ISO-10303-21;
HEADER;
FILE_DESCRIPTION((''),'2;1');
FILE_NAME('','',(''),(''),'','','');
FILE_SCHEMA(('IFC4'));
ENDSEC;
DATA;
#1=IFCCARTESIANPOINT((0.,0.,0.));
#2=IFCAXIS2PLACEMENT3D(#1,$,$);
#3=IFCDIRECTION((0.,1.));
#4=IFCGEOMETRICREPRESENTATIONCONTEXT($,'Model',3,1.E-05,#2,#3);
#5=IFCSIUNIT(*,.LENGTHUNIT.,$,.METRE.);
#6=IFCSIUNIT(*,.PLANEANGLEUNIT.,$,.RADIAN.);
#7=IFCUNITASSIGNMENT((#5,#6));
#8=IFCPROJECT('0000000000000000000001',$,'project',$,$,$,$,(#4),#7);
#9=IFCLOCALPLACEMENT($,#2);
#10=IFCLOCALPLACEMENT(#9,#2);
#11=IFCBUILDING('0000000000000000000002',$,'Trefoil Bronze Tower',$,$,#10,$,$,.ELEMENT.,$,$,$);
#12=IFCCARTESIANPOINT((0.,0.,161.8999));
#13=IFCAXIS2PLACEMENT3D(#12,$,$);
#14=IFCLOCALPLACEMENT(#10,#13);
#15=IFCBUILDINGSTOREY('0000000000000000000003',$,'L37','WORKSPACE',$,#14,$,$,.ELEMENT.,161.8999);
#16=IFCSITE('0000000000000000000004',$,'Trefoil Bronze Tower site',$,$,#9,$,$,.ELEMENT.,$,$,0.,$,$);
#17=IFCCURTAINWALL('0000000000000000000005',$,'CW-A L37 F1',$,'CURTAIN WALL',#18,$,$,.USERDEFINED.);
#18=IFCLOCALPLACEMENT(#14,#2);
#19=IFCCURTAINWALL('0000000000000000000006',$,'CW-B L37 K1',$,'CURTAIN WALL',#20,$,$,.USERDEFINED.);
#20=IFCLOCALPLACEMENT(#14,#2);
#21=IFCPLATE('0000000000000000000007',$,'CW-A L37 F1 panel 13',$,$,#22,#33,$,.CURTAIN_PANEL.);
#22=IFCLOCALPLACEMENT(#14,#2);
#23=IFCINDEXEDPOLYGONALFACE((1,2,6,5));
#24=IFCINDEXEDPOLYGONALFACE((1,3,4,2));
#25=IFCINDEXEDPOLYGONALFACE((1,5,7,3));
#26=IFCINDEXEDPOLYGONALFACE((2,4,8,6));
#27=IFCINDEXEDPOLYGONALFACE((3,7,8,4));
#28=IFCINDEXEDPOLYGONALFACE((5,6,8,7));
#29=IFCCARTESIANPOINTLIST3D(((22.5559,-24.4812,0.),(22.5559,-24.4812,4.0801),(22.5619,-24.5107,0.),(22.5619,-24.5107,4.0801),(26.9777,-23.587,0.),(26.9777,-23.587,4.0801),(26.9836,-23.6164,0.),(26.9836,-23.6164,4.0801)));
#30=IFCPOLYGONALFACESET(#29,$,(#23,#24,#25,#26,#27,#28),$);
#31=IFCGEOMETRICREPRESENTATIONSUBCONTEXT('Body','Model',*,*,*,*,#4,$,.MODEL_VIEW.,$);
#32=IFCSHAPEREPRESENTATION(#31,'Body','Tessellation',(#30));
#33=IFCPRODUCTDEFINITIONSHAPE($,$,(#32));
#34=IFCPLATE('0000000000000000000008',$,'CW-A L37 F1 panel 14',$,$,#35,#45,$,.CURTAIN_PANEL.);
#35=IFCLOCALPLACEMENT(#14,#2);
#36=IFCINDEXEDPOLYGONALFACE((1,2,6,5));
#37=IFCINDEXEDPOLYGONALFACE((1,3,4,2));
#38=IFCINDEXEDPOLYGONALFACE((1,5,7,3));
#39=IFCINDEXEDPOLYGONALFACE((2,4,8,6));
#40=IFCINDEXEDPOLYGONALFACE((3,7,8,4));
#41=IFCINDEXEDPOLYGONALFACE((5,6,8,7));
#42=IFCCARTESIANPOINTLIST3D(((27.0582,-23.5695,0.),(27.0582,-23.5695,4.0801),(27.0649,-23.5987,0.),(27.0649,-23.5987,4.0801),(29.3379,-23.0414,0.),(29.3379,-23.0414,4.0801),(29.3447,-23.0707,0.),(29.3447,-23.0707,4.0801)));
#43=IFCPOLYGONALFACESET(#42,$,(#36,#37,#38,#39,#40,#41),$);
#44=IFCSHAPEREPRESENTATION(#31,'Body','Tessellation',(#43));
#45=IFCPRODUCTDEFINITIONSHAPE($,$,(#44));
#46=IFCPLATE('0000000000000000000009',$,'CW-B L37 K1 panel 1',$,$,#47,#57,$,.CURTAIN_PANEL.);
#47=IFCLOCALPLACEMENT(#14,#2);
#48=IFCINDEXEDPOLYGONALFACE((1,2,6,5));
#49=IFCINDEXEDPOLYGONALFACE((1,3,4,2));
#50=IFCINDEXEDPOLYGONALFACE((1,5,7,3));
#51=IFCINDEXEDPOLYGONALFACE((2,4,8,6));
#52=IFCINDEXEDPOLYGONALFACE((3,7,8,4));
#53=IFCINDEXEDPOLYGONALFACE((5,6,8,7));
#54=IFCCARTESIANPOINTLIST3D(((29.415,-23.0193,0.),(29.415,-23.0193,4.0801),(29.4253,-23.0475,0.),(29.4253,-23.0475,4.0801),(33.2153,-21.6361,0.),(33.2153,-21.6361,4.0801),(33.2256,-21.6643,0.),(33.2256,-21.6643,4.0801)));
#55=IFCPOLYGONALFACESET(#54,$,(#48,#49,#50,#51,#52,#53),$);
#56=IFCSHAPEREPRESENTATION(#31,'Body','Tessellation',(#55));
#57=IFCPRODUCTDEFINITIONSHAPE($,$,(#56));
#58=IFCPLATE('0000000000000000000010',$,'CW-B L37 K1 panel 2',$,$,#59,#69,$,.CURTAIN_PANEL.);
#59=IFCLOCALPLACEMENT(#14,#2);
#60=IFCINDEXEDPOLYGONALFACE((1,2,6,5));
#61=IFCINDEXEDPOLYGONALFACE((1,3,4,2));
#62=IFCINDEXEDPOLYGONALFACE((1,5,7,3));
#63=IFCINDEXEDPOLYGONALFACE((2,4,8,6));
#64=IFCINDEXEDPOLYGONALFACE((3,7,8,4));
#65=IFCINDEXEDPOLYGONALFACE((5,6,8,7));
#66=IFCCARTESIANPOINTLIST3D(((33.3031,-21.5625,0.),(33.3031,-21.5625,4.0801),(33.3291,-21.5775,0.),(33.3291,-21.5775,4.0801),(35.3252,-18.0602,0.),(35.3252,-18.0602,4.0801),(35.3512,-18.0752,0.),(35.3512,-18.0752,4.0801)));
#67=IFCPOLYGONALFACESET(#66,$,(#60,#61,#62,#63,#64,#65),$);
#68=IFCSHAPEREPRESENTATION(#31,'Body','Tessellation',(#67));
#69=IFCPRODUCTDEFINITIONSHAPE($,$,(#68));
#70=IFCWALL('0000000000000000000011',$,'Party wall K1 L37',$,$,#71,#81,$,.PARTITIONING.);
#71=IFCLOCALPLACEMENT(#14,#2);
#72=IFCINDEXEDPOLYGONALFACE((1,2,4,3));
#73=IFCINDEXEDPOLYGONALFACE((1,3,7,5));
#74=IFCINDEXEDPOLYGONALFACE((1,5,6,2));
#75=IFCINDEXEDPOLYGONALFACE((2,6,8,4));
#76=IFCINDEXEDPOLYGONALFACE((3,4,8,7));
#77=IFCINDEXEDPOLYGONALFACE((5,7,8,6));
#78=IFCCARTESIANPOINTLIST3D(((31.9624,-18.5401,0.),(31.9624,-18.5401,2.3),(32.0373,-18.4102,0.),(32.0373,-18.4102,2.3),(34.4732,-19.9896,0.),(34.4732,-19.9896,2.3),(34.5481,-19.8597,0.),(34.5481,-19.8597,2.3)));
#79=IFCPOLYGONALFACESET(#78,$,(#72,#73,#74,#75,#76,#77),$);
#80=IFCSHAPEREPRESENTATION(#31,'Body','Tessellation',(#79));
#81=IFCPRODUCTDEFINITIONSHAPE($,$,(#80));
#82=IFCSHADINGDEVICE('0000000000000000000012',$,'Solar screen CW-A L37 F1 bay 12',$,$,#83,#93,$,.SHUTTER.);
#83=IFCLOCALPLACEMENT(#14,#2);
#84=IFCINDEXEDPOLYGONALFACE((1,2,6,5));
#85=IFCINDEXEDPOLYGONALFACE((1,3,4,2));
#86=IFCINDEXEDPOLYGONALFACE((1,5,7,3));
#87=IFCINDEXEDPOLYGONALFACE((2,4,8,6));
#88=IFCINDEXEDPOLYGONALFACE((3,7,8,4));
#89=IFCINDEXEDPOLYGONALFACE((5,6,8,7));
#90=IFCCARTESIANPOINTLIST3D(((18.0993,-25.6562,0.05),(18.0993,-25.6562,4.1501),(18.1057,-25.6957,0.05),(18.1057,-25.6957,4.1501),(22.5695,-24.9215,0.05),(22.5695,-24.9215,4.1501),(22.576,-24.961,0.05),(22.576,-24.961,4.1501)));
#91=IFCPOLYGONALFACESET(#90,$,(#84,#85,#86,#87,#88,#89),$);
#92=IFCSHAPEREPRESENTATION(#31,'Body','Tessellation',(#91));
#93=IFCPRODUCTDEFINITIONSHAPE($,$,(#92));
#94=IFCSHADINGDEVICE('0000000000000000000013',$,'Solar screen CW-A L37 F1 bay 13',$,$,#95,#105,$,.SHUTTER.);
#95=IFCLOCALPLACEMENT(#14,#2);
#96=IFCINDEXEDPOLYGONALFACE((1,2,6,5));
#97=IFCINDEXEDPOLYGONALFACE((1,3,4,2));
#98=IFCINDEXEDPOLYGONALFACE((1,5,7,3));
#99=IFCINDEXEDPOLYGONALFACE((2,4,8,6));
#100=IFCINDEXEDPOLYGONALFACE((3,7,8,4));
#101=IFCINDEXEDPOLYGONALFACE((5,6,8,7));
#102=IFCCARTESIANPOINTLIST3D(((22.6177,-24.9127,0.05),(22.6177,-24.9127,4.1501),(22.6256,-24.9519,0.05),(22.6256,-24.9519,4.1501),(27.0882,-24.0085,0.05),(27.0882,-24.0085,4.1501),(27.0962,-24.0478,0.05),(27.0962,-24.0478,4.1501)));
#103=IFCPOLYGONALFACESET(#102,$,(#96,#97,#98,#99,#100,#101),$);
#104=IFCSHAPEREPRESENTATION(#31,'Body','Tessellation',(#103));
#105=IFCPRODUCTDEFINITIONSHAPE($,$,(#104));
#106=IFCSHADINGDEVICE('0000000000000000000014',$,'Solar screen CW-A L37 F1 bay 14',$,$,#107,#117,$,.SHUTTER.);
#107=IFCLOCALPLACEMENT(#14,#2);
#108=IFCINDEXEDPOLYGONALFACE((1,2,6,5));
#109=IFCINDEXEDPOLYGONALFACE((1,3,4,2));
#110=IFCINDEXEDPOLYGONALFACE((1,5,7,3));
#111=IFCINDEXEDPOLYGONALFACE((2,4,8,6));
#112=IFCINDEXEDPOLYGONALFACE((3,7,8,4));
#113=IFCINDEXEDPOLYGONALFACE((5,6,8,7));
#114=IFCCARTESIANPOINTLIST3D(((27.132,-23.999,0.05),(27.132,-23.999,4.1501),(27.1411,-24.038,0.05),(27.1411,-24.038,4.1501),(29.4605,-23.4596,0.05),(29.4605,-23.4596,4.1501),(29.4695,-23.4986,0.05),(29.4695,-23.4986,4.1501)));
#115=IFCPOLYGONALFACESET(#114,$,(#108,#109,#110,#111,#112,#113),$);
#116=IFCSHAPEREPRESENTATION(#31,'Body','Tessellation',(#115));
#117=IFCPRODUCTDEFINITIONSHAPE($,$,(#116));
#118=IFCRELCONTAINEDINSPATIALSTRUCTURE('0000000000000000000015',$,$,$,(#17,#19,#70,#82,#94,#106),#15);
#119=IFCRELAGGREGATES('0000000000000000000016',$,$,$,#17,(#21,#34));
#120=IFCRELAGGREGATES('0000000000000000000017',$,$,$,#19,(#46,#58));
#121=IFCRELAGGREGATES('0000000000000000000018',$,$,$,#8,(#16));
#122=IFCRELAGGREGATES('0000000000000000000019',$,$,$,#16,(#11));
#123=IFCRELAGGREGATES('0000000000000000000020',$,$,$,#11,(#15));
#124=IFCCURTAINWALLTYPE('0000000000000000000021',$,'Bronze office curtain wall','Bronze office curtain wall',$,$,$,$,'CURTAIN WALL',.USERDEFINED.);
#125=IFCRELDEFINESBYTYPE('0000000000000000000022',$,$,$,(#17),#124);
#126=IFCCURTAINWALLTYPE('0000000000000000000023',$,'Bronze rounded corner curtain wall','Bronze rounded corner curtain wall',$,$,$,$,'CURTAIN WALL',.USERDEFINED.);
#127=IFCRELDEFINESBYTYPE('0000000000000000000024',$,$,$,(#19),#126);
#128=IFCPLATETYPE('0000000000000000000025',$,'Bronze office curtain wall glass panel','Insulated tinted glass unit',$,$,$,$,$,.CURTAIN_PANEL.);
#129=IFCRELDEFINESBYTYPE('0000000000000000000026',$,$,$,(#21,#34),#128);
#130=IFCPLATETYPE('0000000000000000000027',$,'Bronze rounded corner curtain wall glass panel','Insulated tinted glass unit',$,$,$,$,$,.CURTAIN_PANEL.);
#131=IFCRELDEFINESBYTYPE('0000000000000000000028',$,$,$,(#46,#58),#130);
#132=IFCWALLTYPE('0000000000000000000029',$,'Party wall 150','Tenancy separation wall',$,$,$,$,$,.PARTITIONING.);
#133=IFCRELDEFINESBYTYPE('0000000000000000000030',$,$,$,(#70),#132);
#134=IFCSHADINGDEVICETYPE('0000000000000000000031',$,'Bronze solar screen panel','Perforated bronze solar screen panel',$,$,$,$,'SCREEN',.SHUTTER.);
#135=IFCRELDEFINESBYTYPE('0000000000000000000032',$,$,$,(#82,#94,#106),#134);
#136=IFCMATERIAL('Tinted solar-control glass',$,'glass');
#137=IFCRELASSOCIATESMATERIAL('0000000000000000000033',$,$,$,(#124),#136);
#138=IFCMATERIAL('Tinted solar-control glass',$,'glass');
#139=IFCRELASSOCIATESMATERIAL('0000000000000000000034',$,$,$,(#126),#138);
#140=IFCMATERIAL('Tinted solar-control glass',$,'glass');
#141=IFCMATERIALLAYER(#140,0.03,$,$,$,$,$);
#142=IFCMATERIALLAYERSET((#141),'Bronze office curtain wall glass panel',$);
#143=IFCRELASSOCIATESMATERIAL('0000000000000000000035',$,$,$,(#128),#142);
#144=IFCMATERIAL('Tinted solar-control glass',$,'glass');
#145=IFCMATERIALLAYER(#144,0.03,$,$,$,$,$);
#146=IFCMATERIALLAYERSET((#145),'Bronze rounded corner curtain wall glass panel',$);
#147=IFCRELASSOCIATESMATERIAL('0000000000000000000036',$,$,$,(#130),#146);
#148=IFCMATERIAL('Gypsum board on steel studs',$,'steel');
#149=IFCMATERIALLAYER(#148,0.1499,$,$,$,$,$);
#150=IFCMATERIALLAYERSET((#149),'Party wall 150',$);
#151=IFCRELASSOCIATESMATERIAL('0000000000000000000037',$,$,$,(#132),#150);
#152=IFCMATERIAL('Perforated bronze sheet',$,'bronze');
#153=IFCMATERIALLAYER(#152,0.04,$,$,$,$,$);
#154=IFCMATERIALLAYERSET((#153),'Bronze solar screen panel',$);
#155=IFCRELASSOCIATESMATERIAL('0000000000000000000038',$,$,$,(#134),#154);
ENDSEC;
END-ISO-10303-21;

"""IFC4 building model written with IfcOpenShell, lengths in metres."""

from ifc_helpers import new_model, si_unit, direction, frame, frame_2d, origin, origin_2d, place, context, subcontext, project, spatial, rectangle, extrude, material, layer, layer_set, type_object, element, aggregate, save


model = new_model("IFC4")

# Units and contexts
model_context = context("Model", 3, precision=1e-05, world=origin(), true_north=direction((0.0, 1.0)))
body_context = subcontext(model_context, "Body", "Model", "MODEL_VIEW")
ifc_project = project(units=[si_unit("LENGTHUNIT", "METRE"), si_unit("PLANEANGLEUNIT", "RADIAN")], contexts=[model_context])

# Site, building, storey
site_placement = place(None, origin())
site = spatial("IfcSite", under=ifc_project, at=site_placement, Name="Trefoil Bronze Tower site", CompositionType="ELEMENT", RefElevation=0.0)
building_placement = place(site_placement, origin())
building = spatial("IfcBuilding", under=site, at=building_placement, Name="Trefoil Bronze Tower", CompositionType="ELEMENT")
storey_placement = place(building_placement, frame((0.0, 0.0, 161.8999)))
storey = spatial("IfcBuildingStorey", under=building, at=storey_placement, Name="L37", Description="WORKSPACE", CompositionType="ELEMENT", Elevation=161.8999)

# Curtain walls
ifc_material_1 = material(Name="Tinted solar-control glass", Category="glass")
curtain_wall_type_1 = type_object("IfcCurtainWallType", Name="Bronze office curtain wall", Description="Bronze office curtain wall", ElementType="CURTAIN WALL", PredefinedType="USERDEFINED", material=ifc_material_1)
curtain_wall_1_placement = place(storey_placement, origin())
curtain_wall_1 = element("IfcCurtainWall", 1, at=curtain_wall_1_placement, inside=storey, type_object=curtain_wall_type_1, Name="CW-A L37 F1", ObjectType="CURTAIN WALL", PredefinedType="USERDEFINED")
ifc_material_2 = material(Name="Tinted solar-control glass", Category="glass")
curtain_wall_type_2 = type_object("IfcCurtainWallType", Name="Bronze rounded corner curtain wall", Description="Bronze rounded corner curtain wall", ElementType="CURTAIN WALL", PredefinedType="USERDEFINED", material=ifc_material_2)
curtain_wall_2_placement = place(storey_placement, origin())
curtain_wall_2 = element("IfcCurtainWall", 2, at=curtain_wall_2_placement, inside=storey, type_object=curtain_wall_type_2, Name="CW-B L37 K1", ObjectType="CURTAIN WALL", PredefinedType="USERDEFINED")

# Plates
ifc_material_3 = material(Name="Tinted solar-control glass", Category="glass")
ifc_layer_1 = layer(ifc_material_3, 0.03)
ifc_layer_set_1 = layer_set([ifc_layer_1], Name="Bronze office curtain wall glass panel")
plate_type_1 = type_object("IfcPlateType", Name="Bronze office curtain wall glass panel", Description="Insulated tinted glass unit", PredefinedType="CURTAIN_PANEL", material=ifc_layer_set_1)
plate_1_placement = place(storey_placement, frame((24.7698, -24.0488, 0.0), z_axis=(0.0, 0.0, 1.0), x_axis=(0.980155, 0.198232, 0.0)))
plate_1 = element("IfcPlate", 3, at=plate_1_placement, type_object=plate_type_1, Name="CW-A L37 F1 panel 13", PredefinedType="CURTAIN_PANEL", context=body_context, shape_type="SweptSolid", body=[
    extrude(rectangle(XDim=4.5112, YDim=0.03, at=origin_2d()), origin(), (0.0, 0.0, 1.0), 4.0801),
])
plate_2_placement = place(storey_placement, frame((28.2014, -23.3201, 0.0), z_axis=(0.0, 0.0, 1.0), x_axis=(0.974204, 0.225667, 0.0)))
plate_2 = element("IfcPlate", 4, at=plate_2_placement, type_object=plate_type_1, Name="CW-A L37 F1 panel 14", PredefinedType="CURTAIN_PANEL", context=body_context, shape_type="SweptSolid", body=[
    extrude(rectangle(XDim=2.3401, YDim=0.03, at=origin_2d()), origin(), (0.0, 0.0, 1.0), 4.0801),
])
aggregate(curtain_wall_1, [plate_1, plate_2])
ifc_material_4 = material(Name="Tinted solar-control glass", Category="glass")
ifc_layer_2 = layer(ifc_material_4, 0.03)
ifc_layer_set_2 = layer_set([ifc_layer_2], Name="Bronze rounded corner curtain wall glass panel")
plate_type_2 = type_object("IfcPlateType", Name="Bronze rounded corner curtain wall glass panel", Description="Insulated tinted glass unit", PredefinedType="CURTAIN_PANEL", material=ifc_layer_set_2)
plate_3_placement = place(storey_placement, frame((31.3203, -22.3418, 0.0), z_axis=(0.0, 0.0, 1.0), x_axis=(0.939693, 0.34202, 0.0)))
plate_3 = element("IfcPlate", 5, at=plate_3_placement, type_object=plate_type_2, Name="CW-B L37 K1 panel 1", PredefinedType="CURTAIN_PANEL", context=body_context, shape_type="SweptSolid", body=[
    extrude(rectangle(XDim=4.0442, YDim=0.03, at=origin_2d()), origin(), (0.0, 0.0, 1.0), 4.0801),
])
plate_4_placement = place(storey_placement, frame((34.3271, -19.8188, 0.0), z_axis=(0.0, 0.0, 1.0), x_axis=(0.5, 0.866025, 0.0)))
plate_4 = element("IfcPlate", 6, at=plate_4_placement, type_object=plate_type_2, Name="CW-B L37 K1 panel 2", PredefinedType="CURTAIN_PANEL", context=body_context, shape_type="SweptSolid", body=[
    extrude(rectangle(XDim=4.0442, YDim=0.03, at=origin_2d()), origin(), (0.0, 0.0, 1.0), 4.0801),
])
aggregate(curtain_wall_2, [plate_3, plate_4])

# Wall
ifc_material_5 = material(Name="Gypsum board on steel studs", Category="steel")
ifc_layer_3 = layer(ifc_material_5, 0.1499)
ifc_layer_set_3 = layer_set([ifc_layer_3], Name="Party wall 150")
wall_type = type_object("IfcWallType", Name="Party wall 150", Description="Tenancy separation wall", PredefinedType="PARTITIONING", material=ifc_layer_set_3)
wall_placement = place(storey_placement, frame((31.9998, -18.4751, 0.0), z_axis=(0.0, 0.0, 1.0), x_axis=(0.866043, -0.49997, 0.0)))
element("IfcWall", 7, at=wall_placement, inside=storey, type_object=wall_type, Name="Party wall K1 L37", PredefinedType="PARTITIONING", context=body_context, shape_type="SweptSolid", body=[
    extrude(rectangle(XDim=2.8992, YDim=0.1499, at=frame_2d((1.4497, 0.0))), origin(), (0.0, 0.0, 1.0), 2.3),
])

# Shading devices
ifc_material_6 = material(Name="Perforated bronze sheet", Category="bronze")
ifc_layer_4 = layer(ifc_material_6, 0.04)
ifc_layer_set_4 = layer_set([ifc_layer_4], Name="Bronze solar screen panel")
shading_device_type = type_object("IfcShadingDeviceType", Name="Bronze solar screen panel", Description="Perforated bronze solar screen panel", ElementType="SCREEN", PredefinedType="SHUTTER", material=ifc_layer_set_4)
shading_device_1_placement = place(storey_placement, frame((20.3376, -25.3086, 0.05), z_axis=(0.0, 0.0, 1.0), x_axis=(0.98676, 0.162189, 0.0)))
element("IfcShadingDevice", 8, at=shading_device_1_placement, inside=storey, type_object=shading_device_type, Name="Solar screen CW-A L37 F1 bay 12", PredefinedType="SHUTTER", context=body_context, shape_type="SweptSolid", body=[
    extrude(rectangle(XDim=4.5303, YDim=0.04, at=origin_2d()), origin(), (0.0, 0.0, 1.0), 4.1001),
])
shading_device_2_placement = place(storey_placement, frame((24.8569, -24.4802, 0.05), z_axis=(0.0, 0.0, 1.0), x_axis=(0.980155, 0.198232, 0.0)))
element("IfcShadingDevice", 9, at=shading_device_2_placement, inside=storey, type_object=shading_device_type, Name="Solar screen CW-A L37 F1 bay 13", PredefinedType="SHUTTER", context=body_context, shape_type="SweptSolid", body=[
    extrude(rectangle(XDim=4.561, YDim=0.04, at=origin_2d()), origin(), (0.0, 0.0, 1.0), 4.1001),
])
shading_device_3_placement = place(storey_placement, frame((28.3008, -23.7488, 0.05), z_axis=(0.0, 0.0, 1.0), x_axis=(0.974204, 0.225667, 0.0)))
element("IfcShadingDevice", 10, at=shading_device_3_placement, inside=storey, type_object=shading_device_type, Name="Solar screen CW-A L37 F1 bay 14", PredefinedType="SHUTTER", context=body_context, shape_type="SweptSolid", body=[
    extrude(rectangle(XDim=2.3901, YDim=0.04, at=origin_2d()), origin(), (0.0, 0.0, 1.0), 4.1001),
])

save(model, "model.ifc")
